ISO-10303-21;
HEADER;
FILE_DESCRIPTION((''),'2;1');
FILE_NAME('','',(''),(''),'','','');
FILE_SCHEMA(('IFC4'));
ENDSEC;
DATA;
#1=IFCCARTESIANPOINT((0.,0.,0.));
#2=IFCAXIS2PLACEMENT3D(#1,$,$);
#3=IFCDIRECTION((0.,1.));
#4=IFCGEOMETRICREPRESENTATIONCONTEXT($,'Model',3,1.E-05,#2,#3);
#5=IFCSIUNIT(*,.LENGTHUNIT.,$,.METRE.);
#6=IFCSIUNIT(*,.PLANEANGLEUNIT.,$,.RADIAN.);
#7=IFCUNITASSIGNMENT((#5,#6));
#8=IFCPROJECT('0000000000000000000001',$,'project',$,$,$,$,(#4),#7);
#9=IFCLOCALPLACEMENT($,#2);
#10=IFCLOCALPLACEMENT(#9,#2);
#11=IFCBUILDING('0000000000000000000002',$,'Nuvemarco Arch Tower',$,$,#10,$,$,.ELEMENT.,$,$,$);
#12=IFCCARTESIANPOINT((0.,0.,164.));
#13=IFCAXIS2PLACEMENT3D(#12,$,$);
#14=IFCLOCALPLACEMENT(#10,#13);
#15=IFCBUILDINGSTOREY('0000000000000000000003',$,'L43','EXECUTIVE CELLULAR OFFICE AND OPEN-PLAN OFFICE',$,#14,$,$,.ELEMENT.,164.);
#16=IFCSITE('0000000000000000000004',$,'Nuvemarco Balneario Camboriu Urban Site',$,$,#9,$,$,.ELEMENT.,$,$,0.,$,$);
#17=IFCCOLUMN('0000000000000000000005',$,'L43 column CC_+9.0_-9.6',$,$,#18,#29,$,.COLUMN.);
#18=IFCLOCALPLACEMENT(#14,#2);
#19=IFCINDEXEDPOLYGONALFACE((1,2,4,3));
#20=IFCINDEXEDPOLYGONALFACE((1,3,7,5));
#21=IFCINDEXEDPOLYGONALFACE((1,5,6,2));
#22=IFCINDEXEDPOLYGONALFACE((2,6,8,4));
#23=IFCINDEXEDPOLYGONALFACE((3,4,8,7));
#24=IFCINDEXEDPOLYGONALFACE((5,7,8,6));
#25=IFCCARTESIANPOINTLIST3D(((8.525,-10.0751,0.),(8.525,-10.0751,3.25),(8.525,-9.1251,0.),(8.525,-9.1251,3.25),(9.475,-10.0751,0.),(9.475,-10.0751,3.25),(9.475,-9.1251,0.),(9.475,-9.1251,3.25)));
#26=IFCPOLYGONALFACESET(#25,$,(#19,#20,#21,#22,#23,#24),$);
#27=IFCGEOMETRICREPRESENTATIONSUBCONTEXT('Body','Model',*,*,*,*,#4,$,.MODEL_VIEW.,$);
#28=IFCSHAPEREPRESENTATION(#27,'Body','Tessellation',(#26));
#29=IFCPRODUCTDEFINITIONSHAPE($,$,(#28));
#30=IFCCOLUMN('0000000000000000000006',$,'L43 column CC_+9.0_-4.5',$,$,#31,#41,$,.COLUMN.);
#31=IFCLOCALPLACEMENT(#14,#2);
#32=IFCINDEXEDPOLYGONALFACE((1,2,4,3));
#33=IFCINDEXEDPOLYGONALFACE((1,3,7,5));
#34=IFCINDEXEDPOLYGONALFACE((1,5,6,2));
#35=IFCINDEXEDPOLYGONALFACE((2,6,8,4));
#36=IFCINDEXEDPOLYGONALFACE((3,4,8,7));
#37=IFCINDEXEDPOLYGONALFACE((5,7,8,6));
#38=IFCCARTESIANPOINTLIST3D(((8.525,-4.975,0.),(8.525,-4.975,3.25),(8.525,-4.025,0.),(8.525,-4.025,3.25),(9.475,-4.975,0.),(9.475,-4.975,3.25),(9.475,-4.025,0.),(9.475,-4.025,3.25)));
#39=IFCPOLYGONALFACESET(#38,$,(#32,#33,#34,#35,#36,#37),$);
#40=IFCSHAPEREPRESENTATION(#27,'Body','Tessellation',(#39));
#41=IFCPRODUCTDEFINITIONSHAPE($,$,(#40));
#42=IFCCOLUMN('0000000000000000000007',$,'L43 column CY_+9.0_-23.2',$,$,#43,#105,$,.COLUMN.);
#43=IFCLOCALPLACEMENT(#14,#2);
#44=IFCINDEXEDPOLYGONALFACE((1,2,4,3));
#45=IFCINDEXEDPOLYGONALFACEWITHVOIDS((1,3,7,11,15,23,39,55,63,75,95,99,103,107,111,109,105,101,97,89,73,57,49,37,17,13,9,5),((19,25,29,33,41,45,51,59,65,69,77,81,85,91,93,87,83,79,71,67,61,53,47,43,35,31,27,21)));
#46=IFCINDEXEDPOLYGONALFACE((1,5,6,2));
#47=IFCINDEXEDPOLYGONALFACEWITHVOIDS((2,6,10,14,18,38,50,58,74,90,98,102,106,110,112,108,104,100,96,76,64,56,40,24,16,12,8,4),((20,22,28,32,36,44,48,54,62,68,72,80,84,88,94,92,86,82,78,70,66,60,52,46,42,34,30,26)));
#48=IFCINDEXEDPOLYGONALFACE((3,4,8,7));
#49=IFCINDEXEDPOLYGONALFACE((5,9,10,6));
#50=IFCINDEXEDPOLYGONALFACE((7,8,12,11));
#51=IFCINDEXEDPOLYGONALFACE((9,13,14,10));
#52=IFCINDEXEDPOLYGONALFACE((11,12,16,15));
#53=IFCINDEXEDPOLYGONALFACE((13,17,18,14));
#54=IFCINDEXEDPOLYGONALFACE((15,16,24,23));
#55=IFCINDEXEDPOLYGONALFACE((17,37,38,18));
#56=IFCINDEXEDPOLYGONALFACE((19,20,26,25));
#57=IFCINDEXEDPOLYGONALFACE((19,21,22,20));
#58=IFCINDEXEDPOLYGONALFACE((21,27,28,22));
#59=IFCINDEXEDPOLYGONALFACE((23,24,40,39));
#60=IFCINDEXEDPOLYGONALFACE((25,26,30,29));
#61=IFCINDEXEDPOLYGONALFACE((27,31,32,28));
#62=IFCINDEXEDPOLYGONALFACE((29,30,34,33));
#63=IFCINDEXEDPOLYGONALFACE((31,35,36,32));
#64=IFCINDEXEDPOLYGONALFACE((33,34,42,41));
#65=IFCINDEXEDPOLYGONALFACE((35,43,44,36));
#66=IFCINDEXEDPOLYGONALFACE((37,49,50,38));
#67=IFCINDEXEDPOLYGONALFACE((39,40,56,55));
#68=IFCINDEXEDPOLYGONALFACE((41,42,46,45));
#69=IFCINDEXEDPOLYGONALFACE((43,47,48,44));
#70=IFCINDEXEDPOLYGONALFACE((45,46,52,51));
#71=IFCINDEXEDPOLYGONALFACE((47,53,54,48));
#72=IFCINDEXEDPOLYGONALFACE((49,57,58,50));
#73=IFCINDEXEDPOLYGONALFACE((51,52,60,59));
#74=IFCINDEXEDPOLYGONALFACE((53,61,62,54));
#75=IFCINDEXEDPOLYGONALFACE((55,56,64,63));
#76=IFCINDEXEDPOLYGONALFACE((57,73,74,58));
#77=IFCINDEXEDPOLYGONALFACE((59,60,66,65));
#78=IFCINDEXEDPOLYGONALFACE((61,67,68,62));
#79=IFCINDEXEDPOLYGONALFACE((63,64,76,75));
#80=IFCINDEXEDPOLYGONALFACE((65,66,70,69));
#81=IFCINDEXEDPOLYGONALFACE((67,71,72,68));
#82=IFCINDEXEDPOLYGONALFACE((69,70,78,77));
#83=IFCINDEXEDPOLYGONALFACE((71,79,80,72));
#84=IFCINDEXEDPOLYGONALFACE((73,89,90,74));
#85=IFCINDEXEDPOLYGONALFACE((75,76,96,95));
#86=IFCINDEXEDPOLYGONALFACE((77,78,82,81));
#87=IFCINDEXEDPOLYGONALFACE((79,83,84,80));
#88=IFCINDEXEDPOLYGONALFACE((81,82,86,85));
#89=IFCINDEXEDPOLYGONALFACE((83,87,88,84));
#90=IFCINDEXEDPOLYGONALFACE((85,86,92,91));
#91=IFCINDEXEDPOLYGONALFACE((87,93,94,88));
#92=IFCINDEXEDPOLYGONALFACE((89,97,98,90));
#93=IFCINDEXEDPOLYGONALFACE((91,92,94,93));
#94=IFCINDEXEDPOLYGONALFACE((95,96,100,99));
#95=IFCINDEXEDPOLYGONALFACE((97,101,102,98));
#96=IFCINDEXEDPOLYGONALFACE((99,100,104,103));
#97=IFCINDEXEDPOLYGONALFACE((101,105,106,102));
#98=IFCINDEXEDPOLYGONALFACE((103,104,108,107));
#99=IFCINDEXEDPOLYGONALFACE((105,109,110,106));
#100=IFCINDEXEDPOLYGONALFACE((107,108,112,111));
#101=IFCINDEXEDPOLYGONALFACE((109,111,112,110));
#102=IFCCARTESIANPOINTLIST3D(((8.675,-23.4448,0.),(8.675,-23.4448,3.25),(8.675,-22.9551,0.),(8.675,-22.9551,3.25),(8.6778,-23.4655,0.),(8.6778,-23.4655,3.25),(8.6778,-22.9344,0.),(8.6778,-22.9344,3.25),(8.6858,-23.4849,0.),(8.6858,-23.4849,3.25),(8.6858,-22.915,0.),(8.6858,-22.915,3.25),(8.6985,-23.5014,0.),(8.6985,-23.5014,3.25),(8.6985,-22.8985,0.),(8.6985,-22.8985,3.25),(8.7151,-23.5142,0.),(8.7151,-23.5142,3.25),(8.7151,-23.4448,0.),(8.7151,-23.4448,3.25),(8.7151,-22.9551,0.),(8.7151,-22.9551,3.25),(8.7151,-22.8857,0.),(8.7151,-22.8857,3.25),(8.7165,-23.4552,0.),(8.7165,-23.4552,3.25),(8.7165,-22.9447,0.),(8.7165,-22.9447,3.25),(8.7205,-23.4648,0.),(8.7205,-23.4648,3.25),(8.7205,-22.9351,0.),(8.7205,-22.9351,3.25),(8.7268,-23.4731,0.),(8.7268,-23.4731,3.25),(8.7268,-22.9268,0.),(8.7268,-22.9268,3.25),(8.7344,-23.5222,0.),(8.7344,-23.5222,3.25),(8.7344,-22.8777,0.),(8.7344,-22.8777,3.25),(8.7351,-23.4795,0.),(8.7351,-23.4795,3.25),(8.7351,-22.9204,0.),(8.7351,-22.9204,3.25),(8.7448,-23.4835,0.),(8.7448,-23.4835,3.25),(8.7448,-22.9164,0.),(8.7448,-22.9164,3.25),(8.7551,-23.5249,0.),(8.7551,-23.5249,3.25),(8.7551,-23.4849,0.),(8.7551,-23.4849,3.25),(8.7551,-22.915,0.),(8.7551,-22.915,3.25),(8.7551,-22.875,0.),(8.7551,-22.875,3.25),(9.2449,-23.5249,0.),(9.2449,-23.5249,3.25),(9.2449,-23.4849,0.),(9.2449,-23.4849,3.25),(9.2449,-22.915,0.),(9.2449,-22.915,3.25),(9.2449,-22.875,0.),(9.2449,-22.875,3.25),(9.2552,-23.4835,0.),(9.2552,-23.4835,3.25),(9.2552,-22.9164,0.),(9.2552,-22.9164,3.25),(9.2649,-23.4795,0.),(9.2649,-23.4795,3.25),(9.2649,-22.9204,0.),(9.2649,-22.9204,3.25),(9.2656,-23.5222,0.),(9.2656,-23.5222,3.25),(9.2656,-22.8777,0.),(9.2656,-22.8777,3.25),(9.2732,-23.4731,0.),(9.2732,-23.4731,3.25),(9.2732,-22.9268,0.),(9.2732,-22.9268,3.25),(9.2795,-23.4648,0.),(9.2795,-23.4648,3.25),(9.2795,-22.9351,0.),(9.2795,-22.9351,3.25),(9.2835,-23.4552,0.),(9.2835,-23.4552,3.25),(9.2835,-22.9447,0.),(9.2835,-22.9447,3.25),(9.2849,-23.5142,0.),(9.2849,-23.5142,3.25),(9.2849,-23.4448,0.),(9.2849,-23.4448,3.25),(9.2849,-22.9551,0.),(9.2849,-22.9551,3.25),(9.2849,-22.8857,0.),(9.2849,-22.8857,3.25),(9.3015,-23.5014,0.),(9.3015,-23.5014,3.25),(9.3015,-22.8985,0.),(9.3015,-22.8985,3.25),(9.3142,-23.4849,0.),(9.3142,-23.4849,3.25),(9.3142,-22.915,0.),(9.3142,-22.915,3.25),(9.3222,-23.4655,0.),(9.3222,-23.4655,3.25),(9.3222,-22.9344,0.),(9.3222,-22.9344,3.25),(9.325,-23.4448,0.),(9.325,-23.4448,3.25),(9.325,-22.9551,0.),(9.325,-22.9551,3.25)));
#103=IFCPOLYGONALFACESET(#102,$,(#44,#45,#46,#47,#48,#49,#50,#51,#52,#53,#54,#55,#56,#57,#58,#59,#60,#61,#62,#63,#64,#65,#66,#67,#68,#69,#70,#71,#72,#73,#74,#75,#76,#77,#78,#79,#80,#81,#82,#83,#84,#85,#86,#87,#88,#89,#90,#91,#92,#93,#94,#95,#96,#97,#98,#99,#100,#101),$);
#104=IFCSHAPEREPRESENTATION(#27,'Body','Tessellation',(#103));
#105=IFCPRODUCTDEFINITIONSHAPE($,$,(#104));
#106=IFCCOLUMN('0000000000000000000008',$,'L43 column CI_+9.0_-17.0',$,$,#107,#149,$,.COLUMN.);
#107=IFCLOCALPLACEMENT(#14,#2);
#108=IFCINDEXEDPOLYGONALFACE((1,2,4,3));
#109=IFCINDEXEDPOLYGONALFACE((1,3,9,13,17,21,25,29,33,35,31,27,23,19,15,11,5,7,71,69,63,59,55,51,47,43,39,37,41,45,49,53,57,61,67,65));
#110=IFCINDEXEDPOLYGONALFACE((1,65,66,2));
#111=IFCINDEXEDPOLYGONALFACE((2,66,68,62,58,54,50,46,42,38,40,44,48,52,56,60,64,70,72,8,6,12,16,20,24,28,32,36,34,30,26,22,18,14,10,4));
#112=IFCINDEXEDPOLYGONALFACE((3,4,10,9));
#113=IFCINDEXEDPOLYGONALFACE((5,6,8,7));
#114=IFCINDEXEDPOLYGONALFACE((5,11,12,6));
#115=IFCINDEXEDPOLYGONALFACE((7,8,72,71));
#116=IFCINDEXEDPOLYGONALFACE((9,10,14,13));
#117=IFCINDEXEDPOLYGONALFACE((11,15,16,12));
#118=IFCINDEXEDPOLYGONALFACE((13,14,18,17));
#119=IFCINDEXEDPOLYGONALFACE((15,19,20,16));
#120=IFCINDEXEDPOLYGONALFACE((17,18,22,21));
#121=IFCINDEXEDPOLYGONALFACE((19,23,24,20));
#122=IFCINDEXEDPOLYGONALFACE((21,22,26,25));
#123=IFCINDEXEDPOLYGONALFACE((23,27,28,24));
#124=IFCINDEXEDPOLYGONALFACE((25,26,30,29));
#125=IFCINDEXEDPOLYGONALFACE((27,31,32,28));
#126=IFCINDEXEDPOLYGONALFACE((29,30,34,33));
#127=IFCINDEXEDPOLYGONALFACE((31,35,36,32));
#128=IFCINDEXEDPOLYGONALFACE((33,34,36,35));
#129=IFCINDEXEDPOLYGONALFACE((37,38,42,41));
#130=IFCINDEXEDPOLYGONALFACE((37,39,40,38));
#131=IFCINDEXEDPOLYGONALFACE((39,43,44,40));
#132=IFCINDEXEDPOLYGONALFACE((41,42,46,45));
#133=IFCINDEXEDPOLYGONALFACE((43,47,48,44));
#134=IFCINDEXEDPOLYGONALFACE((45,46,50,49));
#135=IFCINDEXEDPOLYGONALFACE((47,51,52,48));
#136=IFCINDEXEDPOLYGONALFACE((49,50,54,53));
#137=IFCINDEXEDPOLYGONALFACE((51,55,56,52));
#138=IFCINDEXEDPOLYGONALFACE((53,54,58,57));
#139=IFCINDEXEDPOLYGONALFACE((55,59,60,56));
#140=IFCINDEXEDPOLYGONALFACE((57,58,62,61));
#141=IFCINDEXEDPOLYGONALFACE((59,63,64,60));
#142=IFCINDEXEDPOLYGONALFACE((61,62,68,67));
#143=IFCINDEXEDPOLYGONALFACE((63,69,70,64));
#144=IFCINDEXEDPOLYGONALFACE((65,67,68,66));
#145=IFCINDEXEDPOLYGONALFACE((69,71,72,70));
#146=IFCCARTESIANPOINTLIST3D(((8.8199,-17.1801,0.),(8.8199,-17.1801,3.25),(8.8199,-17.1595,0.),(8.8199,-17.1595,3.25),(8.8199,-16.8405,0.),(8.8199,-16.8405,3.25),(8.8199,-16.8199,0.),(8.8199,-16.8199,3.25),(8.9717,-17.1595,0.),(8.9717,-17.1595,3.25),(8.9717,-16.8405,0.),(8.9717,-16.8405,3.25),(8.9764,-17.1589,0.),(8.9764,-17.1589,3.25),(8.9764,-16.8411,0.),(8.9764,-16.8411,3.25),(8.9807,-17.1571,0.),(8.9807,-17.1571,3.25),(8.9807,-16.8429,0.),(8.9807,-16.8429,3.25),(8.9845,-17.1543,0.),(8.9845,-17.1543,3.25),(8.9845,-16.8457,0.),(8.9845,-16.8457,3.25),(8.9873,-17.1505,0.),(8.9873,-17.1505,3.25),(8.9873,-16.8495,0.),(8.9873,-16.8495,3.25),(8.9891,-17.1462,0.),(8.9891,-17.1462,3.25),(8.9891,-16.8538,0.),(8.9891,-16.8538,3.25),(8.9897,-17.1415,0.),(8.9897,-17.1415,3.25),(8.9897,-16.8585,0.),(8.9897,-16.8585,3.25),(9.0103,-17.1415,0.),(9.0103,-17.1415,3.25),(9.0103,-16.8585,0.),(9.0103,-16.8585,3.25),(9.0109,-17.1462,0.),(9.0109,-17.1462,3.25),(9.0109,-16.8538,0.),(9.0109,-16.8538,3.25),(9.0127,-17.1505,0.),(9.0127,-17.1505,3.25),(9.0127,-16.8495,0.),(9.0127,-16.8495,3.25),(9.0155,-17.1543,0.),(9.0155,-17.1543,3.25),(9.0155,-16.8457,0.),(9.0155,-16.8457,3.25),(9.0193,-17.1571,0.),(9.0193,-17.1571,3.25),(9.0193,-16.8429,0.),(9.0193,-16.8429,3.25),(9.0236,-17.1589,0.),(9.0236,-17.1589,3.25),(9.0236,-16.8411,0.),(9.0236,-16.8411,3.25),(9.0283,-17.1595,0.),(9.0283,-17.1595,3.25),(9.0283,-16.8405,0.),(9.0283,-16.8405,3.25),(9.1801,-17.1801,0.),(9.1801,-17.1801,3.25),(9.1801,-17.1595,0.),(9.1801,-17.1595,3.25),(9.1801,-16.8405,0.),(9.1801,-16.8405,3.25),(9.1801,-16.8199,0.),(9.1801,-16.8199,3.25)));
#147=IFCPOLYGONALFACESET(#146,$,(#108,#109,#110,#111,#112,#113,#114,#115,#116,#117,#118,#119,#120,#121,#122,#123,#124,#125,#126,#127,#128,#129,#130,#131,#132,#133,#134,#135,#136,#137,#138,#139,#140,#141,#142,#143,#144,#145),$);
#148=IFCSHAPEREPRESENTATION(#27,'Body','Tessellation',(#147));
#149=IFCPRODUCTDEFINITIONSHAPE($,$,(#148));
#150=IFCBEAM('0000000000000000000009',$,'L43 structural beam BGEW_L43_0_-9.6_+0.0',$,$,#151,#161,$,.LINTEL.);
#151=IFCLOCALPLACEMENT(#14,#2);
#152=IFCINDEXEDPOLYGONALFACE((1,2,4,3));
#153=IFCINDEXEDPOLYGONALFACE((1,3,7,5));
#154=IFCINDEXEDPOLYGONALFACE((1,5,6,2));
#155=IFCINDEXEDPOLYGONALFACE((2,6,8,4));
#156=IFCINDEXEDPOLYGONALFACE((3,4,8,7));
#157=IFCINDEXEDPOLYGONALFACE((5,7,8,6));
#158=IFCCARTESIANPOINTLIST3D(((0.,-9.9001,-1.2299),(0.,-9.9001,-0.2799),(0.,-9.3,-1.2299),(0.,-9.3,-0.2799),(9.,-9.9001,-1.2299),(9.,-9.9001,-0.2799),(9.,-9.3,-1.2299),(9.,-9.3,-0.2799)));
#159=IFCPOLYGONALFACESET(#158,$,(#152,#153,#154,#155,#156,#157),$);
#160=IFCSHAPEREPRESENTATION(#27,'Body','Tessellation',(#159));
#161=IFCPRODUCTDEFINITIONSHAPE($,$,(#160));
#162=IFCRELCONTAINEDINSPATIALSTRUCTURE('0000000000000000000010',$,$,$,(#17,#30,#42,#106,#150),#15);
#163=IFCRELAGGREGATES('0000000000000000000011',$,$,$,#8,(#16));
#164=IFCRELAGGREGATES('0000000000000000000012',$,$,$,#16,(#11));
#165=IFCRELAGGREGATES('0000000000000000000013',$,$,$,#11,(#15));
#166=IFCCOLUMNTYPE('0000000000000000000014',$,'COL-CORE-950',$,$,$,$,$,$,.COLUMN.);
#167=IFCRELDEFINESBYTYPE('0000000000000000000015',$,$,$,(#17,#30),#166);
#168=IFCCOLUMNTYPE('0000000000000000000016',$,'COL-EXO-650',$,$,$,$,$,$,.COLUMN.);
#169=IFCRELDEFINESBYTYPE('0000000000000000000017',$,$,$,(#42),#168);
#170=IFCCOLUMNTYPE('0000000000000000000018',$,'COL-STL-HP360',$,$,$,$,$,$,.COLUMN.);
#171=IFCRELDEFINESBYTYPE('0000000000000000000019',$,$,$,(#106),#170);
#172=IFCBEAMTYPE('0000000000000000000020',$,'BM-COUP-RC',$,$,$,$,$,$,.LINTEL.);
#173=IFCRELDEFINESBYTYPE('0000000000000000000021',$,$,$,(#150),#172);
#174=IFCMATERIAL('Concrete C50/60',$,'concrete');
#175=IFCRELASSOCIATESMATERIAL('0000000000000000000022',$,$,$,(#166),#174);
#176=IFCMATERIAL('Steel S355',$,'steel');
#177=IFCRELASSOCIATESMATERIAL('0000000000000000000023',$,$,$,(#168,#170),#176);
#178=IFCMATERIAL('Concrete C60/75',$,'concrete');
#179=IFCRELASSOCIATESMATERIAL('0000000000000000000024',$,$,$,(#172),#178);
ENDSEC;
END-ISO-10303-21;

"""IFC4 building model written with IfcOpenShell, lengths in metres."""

from ifc_helpers import new_model, si_unit, direction, frame, origin, origin_2d, place, context, subcontext, project, spatial, rectangle, hollow_rectangle, i_section, extrude, material, material_profile, profile_set, type_object, element, save


model = new_model("IFC4")

# Units and contexts
model_context = context("Model", 3, precision=1e-05, world=origin(), true_north=direction((0.0, 1.0)))
body_context = subcontext(model_context, "Body", "Model", "MODEL_VIEW")
ifc_project = project(units=[si_unit("LENGTHUNIT", "METRE"), si_unit("PLANEANGLEUNIT", "RADIAN")], contexts=[model_context])

# Site, building, storey
site_placement = place(None, origin())
site = spatial("IfcSite", under=ifc_project, at=site_placement, Name="Nuvemarco Balneario Camboriu Urban Site", CompositionType="ELEMENT", RefElevation=0.0)
building_placement = place(site_placement, origin())
building = spatial("IfcBuilding", under=site, at=building_placement, Name="Nuvemarco Arch Tower", CompositionType="ELEMENT")
storey_placement = place(building_placement, frame((0.0, 0.0, 164.0)))
storey = spatial("IfcBuildingStorey", under=building, at=storey_placement, Name="L43", Description="EXECUTIVE CELLULAR OFFICE AND OPEN-PLAN OFFICE", CompositionType="ELEMENT", Elevation=164.0)

# Columns
ifc_material_1 = material(Name="Concrete C50/60", Category="concrete")
ifc_material_profile_1 = material_profile(ifc_material_1, rectangle(XDim=0.95, YDim=0.95, at=origin_2d()), Name="RC-COL-950x950")
ifc_profile_set_1 = profile_set([ifc_material_profile_1], Name="Concrete C50/60")
column_type_1 = type_object("IfcColumnType", Name="COL-CORE-950", PredefinedType="COLUMN", material=ifc_profile_set_1)
for number, where, z_axis, x_axis, name in (
    (1, (9.0, -9.6001, 0.0), (0.0, 0.0, 1.0), (1.0, 0.0, 0.0), "L43 column CC_+9.0_-9.6"),
    (2, (9.0, -4.5, 0.0), (0.0, 0.0, 1.0), (1.0, 0.0, 0.0), "L43 column CC_+9.0_-4.5"),
):
    element("IfcColumn", number, at=place(storey_placement, frame(where, z_axis=z_axis, x_axis=x_axis)), inside=storey, type_object=column_type_1, Name=name, PredefinedType="COLUMN", context=body_context, shape_type="SweptSolid", body=[
        extrude(rectangle(XDim=0.95, YDim=0.95, at=origin_2d()), origin(), (0.0, 0.0, 1.0), 3.25),
    ])
ifc_material_2 = material(Name="Steel S355", Category="steel")
ifc_material_profile_2 = material_profile(ifc_material_2, hollow_rectangle(XDim=0.6499, YDim=0.6499, WallThickness=0.04, InnerFilletRadius=0.04, OuterFilletRadius=0.0801, at=origin_2d()), Name="SHS650x650x40")
ifc_profile_set_2 = profile_set([ifc_material_profile_2], Name="Steel S355")
column_type_2 = type_object("IfcColumnType", Name="COL-EXO-650", PredefinedType="COLUMN", material=ifc_profile_set_2)
column_1_placement = place(storey_placement, frame((9.0, -23.2, 0.0), z_axis=(0.0, 0.0, 1.0), x_axis=(1.0, 0.0, 0.0)))
element("IfcColumn", 3, at=column_1_placement, inside=storey, type_object=column_type_2, Name="L43 column CY_+9.0_-23.2", PredefinedType="COLUMN", context=body_context, shape_type="SweptSolid", body=[
    extrude(hollow_rectangle(XDim=0.6499, YDim=0.6499, WallThickness=0.04, InnerFilletRadius=0.04, OuterFilletRadius=0.0801, at=origin_2d()), origin(), (0.0, 0.0, 1.0), 3.25),
])
ifc_material_profile_3 = material_profile(ifc_material_2, i_section(OverallWidth=0.3601, OverallDepth=0.3601, WebThickness=0.0205, FlangeThickness=0.0205, FilletRadius=0.0181, at=origin_2d()), Name="HP360x174")
ifc_profile_set_3 = profile_set([ifc_material_profile_3], Name="Steel S355")
column_type_3 = type_object("IfcColumnType", Name="COL-STL-HP360", PredefinedType="COLUMN", material=ifc_profile_set_3)
column_2_placement = place(storey_placement, frame((9.0, -17.0, 0.0), z_axis=(0.0, 0.0, 1.0), x_axis=(1.0, 0.0, 0.0)))
element("IfcColumn", 4, at=column_2_placement, inside=storey, type_object=column_type_3, Name="L43 column CI_+9.0_-17.0", PredefinedType="COLUMN", context=body_context, shape_type="SweptSolid", body=[
    extrude(i_section(OverallWidth=0.3601, OverallDepth=0.3601, WebThickness=0.0205, FlangeThickness=0.0205, FilletRadius=0.0181, at=origin_2d()), origin(), (0.0, 0.0, 1.0), 3.25),
])

# Beam
ifc_material_3 = material(Name="Concrete C60/75", Category="concrete")
ifc_material_profile_4 = material_profile(ifc_material_3, rectangle(XDim=0.6001, YDim=0.95, at=origin_2d()), Name="RC-BM-600x950")
ifc_profile_set_4 = profile_set([ifc_material_profile_4], Name="Concrete C60/75")
beam_type_1 = type_object("IfcBeamType", Name="BM-COUP-RC", PredefinedType="LINTEL", material=ifc_profile_set_4)
beam_1_placement = place(storey_placement, frame((0.0, -9.6001, -0.7549), z_axis=(1.0, 0.0, 0.0), x_axis=(0.0, 1.0, 0.0)))
element("IfcBeam", 5, at=beam_1_placement, inside=storey, type_object=beam_type_1, Name="L43 structural beam BGEW_L43_0_-9.6_+0.0", PredefinedType="LINTEL", context=body_context, shape_type="SweptSolid", body=[
    extrude(rectangle(XDim=0.6001, YDim=0.95, at=origin_2d()), origin(), (0.0, 0.0, 1.0), 9.0),
])

save(model, "model.ifc")
